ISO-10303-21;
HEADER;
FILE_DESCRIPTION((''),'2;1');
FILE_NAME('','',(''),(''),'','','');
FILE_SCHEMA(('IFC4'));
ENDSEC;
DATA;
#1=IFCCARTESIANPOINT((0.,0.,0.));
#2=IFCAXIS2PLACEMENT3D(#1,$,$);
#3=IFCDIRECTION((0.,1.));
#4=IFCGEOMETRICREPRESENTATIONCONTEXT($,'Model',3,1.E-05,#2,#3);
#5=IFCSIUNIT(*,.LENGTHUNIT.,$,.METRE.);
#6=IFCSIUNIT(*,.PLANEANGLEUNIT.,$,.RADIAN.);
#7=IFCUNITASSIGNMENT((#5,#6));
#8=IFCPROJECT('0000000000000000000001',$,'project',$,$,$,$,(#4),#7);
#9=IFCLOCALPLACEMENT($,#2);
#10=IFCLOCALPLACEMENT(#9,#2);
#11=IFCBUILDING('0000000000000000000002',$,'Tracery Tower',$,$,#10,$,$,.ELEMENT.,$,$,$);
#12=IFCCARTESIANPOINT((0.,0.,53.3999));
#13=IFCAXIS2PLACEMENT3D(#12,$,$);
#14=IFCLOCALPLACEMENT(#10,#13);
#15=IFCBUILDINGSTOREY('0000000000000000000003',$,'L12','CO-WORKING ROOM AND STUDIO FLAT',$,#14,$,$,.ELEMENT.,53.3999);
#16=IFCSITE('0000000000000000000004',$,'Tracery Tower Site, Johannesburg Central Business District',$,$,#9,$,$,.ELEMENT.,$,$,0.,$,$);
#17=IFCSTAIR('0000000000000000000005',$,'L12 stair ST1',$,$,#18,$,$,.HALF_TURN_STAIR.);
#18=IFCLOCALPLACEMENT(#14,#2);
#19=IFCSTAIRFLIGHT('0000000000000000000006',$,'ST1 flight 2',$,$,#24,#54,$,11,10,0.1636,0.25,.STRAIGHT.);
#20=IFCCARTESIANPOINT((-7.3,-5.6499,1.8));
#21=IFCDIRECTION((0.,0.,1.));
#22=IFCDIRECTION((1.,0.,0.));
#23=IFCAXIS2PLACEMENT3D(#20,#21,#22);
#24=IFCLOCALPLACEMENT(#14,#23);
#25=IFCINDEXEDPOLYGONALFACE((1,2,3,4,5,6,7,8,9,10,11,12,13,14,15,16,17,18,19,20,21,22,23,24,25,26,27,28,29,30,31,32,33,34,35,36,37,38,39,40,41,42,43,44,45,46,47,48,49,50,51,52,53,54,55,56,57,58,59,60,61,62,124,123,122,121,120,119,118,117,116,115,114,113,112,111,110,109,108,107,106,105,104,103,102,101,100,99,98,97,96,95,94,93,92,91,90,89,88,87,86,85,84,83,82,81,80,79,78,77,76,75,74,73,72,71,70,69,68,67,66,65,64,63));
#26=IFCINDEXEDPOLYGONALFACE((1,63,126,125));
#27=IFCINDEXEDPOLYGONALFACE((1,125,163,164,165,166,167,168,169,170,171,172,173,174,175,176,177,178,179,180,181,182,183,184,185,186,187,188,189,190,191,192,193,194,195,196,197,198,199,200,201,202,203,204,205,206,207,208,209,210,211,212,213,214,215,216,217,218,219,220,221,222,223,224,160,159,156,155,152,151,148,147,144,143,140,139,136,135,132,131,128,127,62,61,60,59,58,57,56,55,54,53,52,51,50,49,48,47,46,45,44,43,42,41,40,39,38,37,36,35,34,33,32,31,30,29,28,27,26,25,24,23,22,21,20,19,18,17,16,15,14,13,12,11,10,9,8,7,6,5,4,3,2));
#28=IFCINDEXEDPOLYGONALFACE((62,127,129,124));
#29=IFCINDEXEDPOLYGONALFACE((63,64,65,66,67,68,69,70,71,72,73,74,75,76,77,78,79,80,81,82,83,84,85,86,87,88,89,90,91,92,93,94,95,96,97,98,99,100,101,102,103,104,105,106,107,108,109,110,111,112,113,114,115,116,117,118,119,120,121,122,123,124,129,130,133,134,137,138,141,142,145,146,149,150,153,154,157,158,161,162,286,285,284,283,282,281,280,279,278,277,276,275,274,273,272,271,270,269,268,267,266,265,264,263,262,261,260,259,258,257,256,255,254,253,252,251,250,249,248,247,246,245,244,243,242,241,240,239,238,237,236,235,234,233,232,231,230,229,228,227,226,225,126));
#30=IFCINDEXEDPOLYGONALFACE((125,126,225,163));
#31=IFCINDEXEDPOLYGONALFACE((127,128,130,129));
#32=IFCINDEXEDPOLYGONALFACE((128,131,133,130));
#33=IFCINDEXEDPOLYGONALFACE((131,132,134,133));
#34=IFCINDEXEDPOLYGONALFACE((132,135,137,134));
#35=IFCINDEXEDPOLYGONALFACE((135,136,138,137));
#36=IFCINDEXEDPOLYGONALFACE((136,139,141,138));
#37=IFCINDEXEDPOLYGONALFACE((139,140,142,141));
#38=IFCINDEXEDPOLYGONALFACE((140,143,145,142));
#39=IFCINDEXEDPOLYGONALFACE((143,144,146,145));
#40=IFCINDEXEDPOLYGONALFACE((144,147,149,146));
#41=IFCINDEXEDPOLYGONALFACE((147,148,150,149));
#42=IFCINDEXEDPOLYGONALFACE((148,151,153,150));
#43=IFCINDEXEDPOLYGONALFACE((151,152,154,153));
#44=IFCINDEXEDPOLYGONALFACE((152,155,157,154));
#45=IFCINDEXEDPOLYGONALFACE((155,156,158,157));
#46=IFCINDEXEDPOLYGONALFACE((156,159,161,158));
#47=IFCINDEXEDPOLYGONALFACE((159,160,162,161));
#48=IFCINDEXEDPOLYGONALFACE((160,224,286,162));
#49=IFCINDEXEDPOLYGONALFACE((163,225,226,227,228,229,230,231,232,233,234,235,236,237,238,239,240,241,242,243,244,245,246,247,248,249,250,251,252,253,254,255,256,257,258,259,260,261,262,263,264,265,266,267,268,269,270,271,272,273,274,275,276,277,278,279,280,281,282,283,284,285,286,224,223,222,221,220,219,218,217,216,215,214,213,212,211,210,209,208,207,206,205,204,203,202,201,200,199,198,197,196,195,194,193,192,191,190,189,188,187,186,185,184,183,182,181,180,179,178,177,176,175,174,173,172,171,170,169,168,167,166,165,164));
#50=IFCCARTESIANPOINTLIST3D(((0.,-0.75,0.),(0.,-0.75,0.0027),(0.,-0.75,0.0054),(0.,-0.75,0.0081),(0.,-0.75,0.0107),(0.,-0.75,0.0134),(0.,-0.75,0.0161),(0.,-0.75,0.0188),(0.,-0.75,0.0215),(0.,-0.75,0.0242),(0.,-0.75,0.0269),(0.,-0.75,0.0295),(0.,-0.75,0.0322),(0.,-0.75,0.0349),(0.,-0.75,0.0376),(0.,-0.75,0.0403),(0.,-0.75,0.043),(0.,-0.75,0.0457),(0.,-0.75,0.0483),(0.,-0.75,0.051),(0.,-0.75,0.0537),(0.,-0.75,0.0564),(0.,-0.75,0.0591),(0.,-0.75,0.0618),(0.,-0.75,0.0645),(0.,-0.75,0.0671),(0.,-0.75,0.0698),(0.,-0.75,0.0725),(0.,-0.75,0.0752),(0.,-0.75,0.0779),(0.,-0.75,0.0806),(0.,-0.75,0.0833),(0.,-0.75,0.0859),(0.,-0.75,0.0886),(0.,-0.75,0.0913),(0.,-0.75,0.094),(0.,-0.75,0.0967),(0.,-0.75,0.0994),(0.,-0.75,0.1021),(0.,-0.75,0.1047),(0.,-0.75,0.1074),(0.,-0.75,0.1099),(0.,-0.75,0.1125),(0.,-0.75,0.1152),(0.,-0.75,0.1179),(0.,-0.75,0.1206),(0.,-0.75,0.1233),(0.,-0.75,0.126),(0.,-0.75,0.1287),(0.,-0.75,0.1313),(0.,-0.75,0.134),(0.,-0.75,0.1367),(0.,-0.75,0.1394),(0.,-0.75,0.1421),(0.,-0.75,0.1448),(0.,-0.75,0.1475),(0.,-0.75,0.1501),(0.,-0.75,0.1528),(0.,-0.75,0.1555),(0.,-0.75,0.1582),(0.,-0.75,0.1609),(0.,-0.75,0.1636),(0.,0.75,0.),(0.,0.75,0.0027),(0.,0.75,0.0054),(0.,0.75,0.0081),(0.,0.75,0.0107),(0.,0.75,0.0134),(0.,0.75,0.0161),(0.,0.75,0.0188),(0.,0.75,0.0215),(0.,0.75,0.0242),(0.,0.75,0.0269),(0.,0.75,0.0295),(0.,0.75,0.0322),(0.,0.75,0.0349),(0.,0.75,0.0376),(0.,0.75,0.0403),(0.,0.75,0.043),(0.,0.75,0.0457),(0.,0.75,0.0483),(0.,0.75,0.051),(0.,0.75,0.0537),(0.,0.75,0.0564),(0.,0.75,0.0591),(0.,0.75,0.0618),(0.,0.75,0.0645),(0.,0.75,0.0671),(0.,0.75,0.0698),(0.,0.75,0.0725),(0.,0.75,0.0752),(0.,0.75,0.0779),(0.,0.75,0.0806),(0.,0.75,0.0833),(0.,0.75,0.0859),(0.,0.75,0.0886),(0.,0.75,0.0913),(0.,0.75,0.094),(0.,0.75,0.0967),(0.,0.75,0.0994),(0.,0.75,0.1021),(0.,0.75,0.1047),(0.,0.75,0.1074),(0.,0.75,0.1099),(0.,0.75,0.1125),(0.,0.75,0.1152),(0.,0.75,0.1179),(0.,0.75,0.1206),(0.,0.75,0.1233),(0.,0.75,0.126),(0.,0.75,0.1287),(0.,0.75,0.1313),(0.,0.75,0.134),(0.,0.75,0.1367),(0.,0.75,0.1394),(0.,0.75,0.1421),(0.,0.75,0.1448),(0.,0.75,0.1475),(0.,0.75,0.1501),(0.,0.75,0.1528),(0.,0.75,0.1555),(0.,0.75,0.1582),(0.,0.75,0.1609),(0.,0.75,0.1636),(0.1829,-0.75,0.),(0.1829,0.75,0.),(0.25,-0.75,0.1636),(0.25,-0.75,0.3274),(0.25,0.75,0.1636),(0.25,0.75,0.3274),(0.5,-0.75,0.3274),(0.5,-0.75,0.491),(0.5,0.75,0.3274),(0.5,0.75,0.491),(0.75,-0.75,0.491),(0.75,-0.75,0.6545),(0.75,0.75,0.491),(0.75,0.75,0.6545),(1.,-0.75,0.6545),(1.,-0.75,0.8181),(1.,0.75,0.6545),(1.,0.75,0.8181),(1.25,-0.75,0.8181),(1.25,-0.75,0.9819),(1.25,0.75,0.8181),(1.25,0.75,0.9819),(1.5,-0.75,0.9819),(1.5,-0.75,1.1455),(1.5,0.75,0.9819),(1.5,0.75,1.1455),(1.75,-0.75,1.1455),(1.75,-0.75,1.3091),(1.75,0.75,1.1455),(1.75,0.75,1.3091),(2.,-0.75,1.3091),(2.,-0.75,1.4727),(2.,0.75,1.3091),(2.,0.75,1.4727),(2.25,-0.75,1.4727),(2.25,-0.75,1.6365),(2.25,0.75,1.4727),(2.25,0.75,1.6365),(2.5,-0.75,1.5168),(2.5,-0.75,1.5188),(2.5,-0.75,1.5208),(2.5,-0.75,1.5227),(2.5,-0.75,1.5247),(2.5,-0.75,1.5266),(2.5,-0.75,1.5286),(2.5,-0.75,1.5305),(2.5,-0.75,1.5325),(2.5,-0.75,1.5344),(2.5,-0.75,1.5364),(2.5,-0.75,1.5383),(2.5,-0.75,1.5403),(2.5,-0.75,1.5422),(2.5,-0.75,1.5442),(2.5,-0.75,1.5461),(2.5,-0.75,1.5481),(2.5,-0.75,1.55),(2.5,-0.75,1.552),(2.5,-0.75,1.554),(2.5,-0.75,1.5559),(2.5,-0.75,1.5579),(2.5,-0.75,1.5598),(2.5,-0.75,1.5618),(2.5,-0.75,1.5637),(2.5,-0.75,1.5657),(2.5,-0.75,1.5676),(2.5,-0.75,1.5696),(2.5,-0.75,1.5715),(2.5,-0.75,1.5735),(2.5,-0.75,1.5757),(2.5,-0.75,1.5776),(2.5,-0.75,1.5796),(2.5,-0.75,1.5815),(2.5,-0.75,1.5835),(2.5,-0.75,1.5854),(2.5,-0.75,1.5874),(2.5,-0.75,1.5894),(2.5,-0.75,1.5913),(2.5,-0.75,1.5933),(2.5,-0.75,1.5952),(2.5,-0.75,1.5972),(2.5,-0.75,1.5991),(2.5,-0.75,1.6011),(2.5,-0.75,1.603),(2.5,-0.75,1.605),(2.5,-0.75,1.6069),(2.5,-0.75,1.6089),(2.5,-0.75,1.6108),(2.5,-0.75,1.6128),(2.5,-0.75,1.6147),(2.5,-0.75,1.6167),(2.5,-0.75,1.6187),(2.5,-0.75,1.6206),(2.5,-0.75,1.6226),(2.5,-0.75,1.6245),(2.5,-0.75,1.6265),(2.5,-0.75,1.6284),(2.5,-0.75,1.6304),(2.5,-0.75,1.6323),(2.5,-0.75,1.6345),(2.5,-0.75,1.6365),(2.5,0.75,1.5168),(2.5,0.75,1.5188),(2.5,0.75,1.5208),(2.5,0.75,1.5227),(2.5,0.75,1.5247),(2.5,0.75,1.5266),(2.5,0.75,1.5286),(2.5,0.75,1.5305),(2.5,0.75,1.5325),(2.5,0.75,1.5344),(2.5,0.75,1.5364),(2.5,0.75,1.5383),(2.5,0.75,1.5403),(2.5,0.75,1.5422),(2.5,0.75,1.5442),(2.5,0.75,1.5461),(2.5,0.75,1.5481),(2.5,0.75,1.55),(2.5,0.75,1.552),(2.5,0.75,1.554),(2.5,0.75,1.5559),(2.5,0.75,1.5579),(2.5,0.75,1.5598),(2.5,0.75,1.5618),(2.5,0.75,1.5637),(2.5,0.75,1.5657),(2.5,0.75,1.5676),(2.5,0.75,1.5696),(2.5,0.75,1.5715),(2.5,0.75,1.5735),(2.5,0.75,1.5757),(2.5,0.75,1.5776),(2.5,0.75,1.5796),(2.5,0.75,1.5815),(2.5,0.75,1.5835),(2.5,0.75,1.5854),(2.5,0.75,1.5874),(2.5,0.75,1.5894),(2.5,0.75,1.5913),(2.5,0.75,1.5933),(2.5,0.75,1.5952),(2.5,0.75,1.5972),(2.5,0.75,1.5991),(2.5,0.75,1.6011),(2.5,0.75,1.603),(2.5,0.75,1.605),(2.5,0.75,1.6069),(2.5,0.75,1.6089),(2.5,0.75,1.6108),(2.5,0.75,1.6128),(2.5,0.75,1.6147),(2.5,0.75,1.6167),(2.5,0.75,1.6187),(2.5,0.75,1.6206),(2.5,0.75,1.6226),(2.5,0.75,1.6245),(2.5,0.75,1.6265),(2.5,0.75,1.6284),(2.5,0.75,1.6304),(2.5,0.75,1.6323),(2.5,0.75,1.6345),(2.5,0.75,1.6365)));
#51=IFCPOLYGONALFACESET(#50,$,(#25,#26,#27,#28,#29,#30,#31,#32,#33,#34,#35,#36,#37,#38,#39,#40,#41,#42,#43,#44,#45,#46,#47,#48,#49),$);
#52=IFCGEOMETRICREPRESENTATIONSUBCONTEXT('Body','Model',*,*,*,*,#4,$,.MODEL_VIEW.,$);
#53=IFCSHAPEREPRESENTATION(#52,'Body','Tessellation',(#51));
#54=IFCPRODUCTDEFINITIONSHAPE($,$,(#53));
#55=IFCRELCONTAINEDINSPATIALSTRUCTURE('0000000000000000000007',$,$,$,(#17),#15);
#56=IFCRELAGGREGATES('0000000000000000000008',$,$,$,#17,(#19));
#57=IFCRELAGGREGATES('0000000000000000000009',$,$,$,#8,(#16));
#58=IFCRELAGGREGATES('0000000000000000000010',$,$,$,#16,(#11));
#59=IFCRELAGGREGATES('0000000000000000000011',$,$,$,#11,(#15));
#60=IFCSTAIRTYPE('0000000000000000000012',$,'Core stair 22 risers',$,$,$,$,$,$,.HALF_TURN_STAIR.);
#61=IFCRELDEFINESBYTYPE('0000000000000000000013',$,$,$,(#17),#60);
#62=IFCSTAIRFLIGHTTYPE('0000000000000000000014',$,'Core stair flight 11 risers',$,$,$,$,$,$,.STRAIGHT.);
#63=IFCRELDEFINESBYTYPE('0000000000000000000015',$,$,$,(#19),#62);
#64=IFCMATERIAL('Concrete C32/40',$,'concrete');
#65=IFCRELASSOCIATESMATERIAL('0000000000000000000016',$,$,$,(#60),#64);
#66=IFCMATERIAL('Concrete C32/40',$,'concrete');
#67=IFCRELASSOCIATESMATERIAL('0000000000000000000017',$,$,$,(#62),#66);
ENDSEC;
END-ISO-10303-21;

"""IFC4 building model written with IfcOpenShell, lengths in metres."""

from ifc_helpers import new_model, si_unit, direction, frame, origin, place, context, subcontext, project, spatial, polyline, outline, extrude, material, type_object, element, aggregate, save


model = new_model("IFC4")

# Units and contexts
model_context = context("Model", 3, precision=1e-05, world=origin(), true_north=direction((0.0, 1.0)))
body_context = subcontext(model_context, "Body", "Model", "MODEL_VIEW")
ifc_project = project(units=[si_unit("LENGTHUNIT", "METRE"), si_unit("PLANEANGLEUNIT", "RADIAN")], contexts=[model_context])

# Site, building, storey
site_placement = place(None, origin())
site = spatial("IfcSite", under=ifc_project, at=site_placement, Name="Tracery Tower Site, Johannesburg Central Business District", CompositionType="ELEMENT", RefElevation=0.0)
building_placement = place(site_placement, origin())
building = spatial("IfcBuilding", under=site, at=building_placement, Name="Tracery Tower", CompositionType="ELEMENT")
storey_placement = place(building_placement, frame((0.0, 0.0, 53.3999)))
storey = spatial("IfcBuildingStorey", under=building, at=storey_placement, Name="L12", Description="CO-WORKING ROOM AND STUDIO FLAT", CompositionType="ELEMENT", Elevation=53.3999)

# Stair, stair flight
ifc_material_1 = material(Name="Concrete C32/40", Category="concrete")
stair_type = type_object("IfcStairType", Name="Core stair 22 risers", PredefinedType="HALF_TURN_STAIR", material=ifc_material_1)
stair_placement = place(storey_placement, origin())
stair = element("IfcStair", 1, at=stair_placement, inside=storey, type_object=stair_type, Name="L12 stair ST1", PredefinedType="HALF_TURN_STAIR")
ifc_material_2 = material(Name="Concrete C32/40", Category="concrete")
stair_flight_type = type_object("IfcStairFlightType", Name="Core stair flight 11 risers", PredefinedType="STRAIGHT", material=ifc_material_2)
stair_flight_1_placement = place(storey_placement, frame((-7.3, -5.6499, 1.8), z_axis=(0.0, 0.0, 1.0), x_axis=(1.0, 0.0, 0.0)))
stair_flight_1 = element("IfcStairFlight", 2, at=stair_flight_1_placement, type_object=stair_flight_type, Name="ST1 flight 2", NumberOfRisers=11, NumberOfTreads=10, PredefinedType="STRAIGHT", RiserHeight=0.1636, TreadLength=0.25, context=body_context, shape_type="SweptSolid", body=[
    extrude(outline(polyline([(0.0, 0.0), (0.0, 0.0027), (0.0, 0.0054), (0.0, 0.0081), (0.0, 0.0107), (0.0, 0.0134), (0.0, 0.0161), (0.0, 0.0188), (0.0, 0.0215), (0.0, 0.0242), (0.0, 0.0269), (0.0, 0.0295), (0.0, 0.0322), (0.0, 0.0349), (0.0, 0.0376), (0.0, 0.0403), (0.0, 0.043), (0.0, 0.0457), (0.0, 0.0483), (0.0, 0.051), (0.0, 0.0537), (0.0, 0.0564), (0.0, 0.0591), (0.0, 0.0618), (0.0, 0.0645), (0.0, 0.0671), (0.0, 0.0698), (0.0, 0.0725), (0.0, 0.0752), (0.0, 0.0779), (0.0, 0.0806), (0.0, 0.0833), (0.0, 0.0859), (0.0, 0.0886), (0.0, 0.0913), (0.0, 0.094), (0.0, 0.0967), (0.0, 0.0994), (0.0, 0.1021), (0.0, 0.1047), (0.0, 0.1074), (0.0, 0.1099), (0.0, 0.1125), (0.0, 0.1152), (0.0, 0.1179), (0.0, 0.1206), (0.0, 0.1233), (0.0, 0.126), (0.0, 0.1287), (0.0, 0.1313), (0.0, 0.134), (0.0, 0.1367), (0.0, 0.1394), (0.0, 0.1421), (0.0, 0.1448), (0.0, 0.1475), (0.0, 0.1501), (0.0, 0.1528), (0.0, 0.1555), (0.0, 0.1582), (0.0, 0.1609), (0.0, 0.1636), (0.25, 0.1636), (0.25, 0.3274), (0.5, 0.3274), (0.5, 0.491), (0.75, 0.491), (0.75, 0.6545), (1.0, 0.6545), (1.0, 0.8181), (1.25, 0.8181), (1.25, 0.9819), (1.5, 0.9819), (1.5, 1.1455), (1.75, 1.1455), (1.75, 1.3091), (2.0, 1.3091), (2.0, 1.4727), (2.25, 1.4727), (2.25, 1.6365), (2.5, 1.6365), (2.5, 1.6345), (2.5, 1.6323), (2.5, 1.6304), (2.5, 1.6284), (2.5, 1.6265), (2.5, 1.6245), (2.5, 1.6226), (2.5, 1.6206), (2.5, 1.6187), (2.5, 1.6167), (2.5, 1.6147), (2.5, 1.6128), (2.5, 1.6108), (2.5, 1.6089), (2.5, 1.6069), (2.5, 1.605), (2.5, 1.603), (2.5, 1.6011), (2.5, 1.5991), (2.5, 1.5972), (2.5, 1.5952), (2.5, 1.5933), (2.5, 1.5913), (2.5, 1.5894), (2.5, 1.5874), (2.5, 1.5854), (2.5, 1.5835), (2.5, 1.5815), (2.5, 1.5796), (2.5, 1.5776), (2.5, 1.5757), (2.5, 1.5735), (2.5, 1.5715), (2.5, 1.5696), (2.5, 1.5676), (2.5, 1.5657), (2.5, 1.5637), (2.5, 1.5618), (2.5, 1.5598), (2.5, 1.5579), (2.5, 1.5559), (2.5, 1.554), (2.5, 1.552), (2.5, 1.55), (2.5, 1.5481), (2.5, 1.5461), (2.5, 1.5442), (2.5, 1.5422), (2.5, 1.5403), (2.5, 1.5383), (2.5, 1.5364), (2.5, 1.5344), (2.5, 1.5325), (2.5, 1.5305), (2.5, 1.5286), (2.5, 1.5266), (2.5, 1.5247), (2.5, 1.5227), (2.5, 1.5208), (2.5, 1.5188), (2.5, 1.5168), (0.1829, 0.0), (0.0, 0.0)])), frame((0.0, 0.75, 0.0), z_axis=(0.0, -1.0, 0.0), x_axis=(1.0, 0.0, 0.0)), (0.0, 0.0, 1.0), 1.5),
])
aggregate(stair, [stair_flight_1])

save(model, "model.ifc")
